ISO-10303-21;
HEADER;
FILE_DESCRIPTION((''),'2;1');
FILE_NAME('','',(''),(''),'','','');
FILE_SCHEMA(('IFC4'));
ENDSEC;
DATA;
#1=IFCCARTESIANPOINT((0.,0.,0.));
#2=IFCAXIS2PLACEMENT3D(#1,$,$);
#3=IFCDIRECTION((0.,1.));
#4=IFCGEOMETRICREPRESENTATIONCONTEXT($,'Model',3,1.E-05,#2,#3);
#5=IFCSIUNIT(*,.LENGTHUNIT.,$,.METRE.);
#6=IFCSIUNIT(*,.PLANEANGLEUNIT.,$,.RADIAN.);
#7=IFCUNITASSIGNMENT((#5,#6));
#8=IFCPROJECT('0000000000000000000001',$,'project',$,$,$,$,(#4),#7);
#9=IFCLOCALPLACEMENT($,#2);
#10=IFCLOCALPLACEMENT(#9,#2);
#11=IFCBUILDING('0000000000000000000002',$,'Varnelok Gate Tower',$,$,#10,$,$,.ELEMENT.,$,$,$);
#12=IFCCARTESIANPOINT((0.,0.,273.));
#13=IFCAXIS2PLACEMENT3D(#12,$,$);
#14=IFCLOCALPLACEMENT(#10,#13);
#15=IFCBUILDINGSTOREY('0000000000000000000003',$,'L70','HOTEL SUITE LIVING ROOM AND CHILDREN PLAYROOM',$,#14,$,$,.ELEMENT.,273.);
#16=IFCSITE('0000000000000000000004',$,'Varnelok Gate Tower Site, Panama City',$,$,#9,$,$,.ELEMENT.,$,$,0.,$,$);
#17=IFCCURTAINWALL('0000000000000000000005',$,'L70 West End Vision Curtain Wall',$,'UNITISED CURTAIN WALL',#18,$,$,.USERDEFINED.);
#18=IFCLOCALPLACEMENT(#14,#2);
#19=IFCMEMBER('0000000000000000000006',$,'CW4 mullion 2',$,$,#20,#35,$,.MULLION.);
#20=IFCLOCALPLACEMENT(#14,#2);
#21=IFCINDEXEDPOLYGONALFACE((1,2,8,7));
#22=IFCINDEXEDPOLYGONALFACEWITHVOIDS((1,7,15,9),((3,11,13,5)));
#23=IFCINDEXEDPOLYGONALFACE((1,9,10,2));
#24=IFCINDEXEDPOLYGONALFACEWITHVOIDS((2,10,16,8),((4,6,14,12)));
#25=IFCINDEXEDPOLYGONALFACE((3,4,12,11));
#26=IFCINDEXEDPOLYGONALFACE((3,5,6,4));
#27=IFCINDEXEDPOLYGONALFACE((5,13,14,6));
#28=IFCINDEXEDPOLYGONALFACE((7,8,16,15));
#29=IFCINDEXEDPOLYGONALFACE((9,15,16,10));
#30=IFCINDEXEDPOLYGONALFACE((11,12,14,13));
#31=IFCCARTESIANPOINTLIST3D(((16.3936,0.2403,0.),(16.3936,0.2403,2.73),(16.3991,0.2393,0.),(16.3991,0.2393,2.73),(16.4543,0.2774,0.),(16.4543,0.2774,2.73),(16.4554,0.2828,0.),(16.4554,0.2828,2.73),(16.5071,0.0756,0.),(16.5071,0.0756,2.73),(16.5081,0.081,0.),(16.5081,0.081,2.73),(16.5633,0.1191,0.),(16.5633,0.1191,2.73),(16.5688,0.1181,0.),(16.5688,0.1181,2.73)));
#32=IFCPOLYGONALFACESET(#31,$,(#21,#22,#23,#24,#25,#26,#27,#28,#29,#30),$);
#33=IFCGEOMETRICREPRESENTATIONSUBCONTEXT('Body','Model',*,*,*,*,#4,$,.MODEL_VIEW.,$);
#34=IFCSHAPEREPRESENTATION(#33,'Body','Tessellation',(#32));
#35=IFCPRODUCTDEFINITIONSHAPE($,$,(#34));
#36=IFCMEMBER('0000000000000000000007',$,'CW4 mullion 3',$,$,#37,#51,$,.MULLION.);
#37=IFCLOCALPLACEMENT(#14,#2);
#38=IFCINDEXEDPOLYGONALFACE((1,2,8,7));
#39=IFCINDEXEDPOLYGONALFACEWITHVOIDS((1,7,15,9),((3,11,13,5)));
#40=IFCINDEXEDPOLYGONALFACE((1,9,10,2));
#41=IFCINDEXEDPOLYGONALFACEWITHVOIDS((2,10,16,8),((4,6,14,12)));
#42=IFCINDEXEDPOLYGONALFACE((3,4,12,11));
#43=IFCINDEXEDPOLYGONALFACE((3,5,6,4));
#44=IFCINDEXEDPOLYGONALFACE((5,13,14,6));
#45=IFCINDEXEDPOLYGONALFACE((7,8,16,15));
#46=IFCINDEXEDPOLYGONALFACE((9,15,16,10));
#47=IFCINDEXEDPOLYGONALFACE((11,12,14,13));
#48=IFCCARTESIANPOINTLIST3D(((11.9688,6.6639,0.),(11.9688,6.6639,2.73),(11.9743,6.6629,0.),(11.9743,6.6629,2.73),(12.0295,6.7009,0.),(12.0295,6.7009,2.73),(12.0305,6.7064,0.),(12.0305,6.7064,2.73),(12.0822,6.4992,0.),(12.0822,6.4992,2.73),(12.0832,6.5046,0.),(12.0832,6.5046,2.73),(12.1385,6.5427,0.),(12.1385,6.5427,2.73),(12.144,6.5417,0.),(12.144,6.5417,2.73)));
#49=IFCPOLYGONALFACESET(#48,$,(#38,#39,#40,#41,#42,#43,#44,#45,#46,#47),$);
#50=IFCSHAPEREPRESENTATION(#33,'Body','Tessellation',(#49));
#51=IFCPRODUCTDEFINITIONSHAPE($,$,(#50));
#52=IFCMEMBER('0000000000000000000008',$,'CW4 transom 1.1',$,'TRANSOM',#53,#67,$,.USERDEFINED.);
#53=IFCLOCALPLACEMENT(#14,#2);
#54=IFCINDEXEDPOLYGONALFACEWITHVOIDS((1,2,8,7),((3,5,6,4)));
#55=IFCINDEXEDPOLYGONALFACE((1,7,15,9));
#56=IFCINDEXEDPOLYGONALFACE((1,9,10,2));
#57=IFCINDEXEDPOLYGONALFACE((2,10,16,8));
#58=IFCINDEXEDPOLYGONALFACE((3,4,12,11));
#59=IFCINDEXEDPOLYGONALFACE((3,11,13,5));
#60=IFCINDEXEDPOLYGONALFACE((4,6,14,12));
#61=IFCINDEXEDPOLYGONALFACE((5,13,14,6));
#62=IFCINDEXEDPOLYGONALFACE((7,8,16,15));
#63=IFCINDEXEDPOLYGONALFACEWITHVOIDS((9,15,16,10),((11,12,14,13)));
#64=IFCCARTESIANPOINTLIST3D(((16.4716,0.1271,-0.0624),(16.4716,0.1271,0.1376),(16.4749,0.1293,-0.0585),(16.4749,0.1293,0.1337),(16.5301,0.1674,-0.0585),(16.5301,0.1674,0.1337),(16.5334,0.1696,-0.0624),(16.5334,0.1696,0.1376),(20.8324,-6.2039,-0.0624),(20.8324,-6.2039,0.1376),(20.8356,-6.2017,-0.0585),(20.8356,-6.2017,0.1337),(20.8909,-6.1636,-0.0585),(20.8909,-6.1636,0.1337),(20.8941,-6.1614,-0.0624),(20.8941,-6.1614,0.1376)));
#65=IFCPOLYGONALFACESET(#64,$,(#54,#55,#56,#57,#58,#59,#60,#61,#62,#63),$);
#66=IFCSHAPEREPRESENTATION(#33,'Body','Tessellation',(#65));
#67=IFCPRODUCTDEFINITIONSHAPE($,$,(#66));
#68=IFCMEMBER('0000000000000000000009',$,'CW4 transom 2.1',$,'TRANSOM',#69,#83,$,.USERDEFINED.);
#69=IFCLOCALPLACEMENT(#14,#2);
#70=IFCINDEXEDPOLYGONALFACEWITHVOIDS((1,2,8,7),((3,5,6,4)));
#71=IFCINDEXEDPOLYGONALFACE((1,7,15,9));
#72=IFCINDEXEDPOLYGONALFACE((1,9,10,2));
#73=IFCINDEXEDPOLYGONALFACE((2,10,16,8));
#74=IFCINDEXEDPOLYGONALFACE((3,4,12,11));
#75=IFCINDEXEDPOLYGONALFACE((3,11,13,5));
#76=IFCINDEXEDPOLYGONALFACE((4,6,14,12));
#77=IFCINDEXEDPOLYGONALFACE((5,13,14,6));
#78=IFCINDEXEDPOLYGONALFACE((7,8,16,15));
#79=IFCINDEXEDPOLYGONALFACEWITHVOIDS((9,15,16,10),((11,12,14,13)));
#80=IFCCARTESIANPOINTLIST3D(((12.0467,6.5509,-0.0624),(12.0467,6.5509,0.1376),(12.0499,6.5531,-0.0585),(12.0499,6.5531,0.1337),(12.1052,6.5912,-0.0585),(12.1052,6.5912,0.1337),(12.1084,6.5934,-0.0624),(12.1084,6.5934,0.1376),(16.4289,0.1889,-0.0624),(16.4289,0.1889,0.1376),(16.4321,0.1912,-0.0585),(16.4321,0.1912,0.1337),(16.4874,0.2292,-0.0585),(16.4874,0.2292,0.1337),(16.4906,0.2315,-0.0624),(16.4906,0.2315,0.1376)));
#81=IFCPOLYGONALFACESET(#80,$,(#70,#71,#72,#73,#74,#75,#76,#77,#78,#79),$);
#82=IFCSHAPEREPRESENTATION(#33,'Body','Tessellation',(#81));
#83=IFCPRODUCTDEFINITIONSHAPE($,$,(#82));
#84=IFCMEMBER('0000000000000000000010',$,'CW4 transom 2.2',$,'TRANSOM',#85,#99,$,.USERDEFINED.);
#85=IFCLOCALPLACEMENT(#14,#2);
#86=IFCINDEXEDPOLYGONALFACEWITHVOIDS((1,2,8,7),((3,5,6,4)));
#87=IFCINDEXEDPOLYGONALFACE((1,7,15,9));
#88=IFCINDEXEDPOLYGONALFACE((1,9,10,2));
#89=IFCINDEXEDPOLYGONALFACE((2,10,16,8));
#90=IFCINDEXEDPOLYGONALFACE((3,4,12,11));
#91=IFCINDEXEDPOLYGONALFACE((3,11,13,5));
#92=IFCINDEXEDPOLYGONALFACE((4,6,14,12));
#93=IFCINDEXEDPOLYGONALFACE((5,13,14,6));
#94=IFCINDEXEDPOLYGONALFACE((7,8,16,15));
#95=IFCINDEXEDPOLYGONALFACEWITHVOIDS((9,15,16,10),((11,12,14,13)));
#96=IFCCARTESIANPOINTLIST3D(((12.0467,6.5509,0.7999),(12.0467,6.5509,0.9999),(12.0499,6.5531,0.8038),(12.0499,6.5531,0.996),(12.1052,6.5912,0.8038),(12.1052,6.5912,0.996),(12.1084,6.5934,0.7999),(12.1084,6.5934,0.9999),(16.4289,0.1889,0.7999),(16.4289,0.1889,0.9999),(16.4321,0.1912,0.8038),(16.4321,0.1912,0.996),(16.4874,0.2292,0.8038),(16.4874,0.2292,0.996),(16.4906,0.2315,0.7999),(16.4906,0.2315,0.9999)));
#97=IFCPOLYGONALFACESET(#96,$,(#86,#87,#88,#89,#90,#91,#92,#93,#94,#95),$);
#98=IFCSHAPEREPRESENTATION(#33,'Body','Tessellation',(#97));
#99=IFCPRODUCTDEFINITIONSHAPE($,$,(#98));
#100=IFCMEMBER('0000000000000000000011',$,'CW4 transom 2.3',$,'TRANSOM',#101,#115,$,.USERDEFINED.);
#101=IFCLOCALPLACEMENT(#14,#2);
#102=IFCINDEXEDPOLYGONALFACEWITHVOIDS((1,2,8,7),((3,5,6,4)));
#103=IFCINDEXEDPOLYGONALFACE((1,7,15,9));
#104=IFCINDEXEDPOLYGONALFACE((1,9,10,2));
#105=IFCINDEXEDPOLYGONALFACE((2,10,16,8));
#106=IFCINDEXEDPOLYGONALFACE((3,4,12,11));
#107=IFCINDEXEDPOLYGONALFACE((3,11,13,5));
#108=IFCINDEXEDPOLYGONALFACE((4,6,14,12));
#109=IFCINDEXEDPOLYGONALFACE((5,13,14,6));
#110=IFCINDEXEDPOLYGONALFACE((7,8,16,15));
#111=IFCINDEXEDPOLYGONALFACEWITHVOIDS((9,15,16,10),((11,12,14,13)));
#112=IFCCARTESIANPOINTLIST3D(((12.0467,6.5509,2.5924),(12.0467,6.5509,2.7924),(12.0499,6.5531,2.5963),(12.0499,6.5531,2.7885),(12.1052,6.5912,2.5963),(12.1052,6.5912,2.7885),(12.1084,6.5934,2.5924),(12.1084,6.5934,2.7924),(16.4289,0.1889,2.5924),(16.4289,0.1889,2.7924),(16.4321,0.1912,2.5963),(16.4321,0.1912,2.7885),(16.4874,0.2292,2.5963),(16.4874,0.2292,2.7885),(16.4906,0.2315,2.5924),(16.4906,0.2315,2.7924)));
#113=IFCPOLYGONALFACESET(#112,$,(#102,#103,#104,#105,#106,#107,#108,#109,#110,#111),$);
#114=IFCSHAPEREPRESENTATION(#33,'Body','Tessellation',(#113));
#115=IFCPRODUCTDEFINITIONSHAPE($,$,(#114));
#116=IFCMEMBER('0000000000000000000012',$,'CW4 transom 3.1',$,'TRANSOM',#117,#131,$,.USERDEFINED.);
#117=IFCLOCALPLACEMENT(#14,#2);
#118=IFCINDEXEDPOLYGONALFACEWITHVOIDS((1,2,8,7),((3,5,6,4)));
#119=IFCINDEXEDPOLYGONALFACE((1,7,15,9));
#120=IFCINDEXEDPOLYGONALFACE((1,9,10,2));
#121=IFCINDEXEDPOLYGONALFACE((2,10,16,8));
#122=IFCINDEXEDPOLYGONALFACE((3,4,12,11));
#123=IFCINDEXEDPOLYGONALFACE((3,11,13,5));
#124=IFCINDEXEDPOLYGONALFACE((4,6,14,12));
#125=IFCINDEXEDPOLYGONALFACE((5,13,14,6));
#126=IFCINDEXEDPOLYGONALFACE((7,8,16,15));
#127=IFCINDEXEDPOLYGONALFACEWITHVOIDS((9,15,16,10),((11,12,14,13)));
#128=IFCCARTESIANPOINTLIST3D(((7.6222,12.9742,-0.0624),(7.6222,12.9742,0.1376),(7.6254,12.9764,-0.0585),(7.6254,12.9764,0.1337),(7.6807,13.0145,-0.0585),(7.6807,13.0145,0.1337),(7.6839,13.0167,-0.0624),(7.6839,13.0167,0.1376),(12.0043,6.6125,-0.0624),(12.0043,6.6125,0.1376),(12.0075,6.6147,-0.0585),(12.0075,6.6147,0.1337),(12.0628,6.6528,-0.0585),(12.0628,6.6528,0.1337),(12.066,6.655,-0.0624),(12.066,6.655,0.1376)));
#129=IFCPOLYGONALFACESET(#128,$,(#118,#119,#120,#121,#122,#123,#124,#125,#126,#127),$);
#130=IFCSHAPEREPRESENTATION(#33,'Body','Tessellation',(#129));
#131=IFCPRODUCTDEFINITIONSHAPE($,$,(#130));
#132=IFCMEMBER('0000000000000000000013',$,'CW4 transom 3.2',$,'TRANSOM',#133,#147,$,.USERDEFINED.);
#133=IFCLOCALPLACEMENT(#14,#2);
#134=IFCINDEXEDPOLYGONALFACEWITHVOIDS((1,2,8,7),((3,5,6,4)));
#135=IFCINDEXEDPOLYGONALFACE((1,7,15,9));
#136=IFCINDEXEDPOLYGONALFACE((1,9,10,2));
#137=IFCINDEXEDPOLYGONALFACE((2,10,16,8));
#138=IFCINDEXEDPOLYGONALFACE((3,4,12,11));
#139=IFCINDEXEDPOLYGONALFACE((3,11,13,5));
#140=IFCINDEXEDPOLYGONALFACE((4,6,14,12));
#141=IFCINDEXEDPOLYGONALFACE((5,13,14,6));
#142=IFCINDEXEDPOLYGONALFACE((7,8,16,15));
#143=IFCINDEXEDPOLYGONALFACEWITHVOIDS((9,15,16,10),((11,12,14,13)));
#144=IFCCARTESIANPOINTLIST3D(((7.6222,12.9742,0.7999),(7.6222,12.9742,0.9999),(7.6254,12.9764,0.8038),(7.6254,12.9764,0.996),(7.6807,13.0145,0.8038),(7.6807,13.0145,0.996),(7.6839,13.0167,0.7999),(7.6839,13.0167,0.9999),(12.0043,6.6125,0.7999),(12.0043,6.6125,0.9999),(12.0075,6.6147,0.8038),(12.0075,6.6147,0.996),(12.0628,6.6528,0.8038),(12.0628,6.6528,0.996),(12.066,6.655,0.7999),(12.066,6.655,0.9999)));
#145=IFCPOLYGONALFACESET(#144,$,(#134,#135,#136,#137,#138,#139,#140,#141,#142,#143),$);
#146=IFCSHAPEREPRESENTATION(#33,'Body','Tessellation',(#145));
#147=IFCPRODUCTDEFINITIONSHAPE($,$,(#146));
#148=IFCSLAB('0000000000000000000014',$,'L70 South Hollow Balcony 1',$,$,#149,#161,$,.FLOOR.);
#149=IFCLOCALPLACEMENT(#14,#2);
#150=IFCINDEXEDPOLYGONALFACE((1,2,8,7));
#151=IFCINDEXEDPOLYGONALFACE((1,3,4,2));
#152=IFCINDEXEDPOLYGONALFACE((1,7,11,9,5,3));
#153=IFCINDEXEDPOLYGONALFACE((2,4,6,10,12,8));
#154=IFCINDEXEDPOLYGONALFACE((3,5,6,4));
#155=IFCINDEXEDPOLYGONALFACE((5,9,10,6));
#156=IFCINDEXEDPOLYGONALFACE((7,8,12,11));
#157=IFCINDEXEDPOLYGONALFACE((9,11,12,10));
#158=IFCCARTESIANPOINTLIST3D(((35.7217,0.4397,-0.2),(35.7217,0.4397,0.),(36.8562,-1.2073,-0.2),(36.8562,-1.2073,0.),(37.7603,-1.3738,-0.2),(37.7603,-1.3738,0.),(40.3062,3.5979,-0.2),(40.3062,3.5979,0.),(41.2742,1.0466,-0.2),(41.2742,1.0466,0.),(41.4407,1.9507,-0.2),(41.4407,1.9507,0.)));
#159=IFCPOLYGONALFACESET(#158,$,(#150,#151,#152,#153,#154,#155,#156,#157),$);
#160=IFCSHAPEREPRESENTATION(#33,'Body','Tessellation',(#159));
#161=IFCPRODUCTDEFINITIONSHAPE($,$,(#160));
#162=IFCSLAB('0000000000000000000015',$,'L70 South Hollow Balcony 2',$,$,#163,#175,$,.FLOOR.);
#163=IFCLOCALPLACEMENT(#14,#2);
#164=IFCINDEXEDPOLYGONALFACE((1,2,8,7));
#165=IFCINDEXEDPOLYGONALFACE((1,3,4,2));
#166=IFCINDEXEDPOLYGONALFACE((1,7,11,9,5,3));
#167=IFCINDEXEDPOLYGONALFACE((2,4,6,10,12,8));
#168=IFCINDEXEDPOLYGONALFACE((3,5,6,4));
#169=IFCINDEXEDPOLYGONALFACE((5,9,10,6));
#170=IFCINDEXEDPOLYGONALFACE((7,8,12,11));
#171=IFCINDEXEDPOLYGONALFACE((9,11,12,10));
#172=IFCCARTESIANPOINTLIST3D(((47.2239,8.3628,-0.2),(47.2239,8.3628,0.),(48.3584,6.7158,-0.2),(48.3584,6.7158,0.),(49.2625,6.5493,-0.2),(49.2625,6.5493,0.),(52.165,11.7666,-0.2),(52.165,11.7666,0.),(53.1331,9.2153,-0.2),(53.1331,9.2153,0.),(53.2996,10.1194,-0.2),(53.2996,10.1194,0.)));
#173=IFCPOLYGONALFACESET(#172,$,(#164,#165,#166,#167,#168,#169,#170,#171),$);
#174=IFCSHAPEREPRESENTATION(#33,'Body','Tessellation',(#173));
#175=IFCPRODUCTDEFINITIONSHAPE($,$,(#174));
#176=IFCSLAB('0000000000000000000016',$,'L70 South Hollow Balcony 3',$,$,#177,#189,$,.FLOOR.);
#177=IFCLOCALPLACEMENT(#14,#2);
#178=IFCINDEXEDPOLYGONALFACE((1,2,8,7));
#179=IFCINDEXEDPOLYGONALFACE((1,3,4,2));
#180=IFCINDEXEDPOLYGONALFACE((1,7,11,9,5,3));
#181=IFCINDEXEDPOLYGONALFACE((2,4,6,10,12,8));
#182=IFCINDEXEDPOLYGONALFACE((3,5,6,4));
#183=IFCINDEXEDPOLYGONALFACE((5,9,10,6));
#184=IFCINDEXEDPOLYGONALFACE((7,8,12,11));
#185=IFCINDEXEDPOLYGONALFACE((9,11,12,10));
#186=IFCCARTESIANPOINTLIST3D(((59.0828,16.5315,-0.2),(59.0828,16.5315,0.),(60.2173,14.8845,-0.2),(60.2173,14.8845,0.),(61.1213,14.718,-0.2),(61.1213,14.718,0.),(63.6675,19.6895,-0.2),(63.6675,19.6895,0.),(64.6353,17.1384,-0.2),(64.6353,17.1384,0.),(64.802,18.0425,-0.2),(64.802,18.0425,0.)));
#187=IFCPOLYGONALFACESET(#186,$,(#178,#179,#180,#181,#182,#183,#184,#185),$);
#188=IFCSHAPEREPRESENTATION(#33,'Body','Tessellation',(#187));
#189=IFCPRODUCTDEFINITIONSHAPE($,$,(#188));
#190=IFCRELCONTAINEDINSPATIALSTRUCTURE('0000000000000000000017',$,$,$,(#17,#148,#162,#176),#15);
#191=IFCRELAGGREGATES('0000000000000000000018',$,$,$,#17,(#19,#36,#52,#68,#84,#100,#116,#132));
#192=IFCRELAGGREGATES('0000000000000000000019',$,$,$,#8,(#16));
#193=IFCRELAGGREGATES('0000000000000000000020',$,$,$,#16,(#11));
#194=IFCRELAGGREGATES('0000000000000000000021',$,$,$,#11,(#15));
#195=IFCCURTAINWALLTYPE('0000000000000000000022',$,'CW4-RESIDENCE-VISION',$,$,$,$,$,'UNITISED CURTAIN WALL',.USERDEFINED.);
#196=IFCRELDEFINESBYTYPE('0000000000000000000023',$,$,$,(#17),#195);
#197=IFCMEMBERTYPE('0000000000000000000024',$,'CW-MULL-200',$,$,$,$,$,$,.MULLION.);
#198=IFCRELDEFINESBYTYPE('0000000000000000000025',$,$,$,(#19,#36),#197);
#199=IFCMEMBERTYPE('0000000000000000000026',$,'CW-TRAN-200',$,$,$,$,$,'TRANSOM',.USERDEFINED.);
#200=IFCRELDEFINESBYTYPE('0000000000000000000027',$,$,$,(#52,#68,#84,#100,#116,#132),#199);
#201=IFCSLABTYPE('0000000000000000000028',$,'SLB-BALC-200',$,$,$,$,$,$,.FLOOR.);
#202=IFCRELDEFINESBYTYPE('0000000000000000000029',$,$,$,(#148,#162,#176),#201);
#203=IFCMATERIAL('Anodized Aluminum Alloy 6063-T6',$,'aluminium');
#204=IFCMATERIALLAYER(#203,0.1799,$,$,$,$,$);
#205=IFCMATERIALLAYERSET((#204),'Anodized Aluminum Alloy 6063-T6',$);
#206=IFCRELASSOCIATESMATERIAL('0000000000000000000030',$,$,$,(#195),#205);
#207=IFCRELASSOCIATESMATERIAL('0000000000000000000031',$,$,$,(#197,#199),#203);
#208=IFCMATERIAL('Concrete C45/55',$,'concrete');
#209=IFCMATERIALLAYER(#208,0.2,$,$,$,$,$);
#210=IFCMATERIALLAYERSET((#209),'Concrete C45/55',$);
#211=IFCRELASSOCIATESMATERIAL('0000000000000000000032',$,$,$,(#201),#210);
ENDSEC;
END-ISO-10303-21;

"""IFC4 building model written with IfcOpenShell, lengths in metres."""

from ifc_helpers import new_model, si_unit, direction, frame, origin, origin_2d, place, context, subcontext, project, spatial, polyline, hollow_rectangle, outline, extrude, material, layer, layer_set, material_profile, profile_set, type_object, element, aggregate, save


model = new_model("IFC4")

# Units and contexts
model_context = context("Model", 3, precision=1e-05, world=origin(), true_north=direction((0.0, 1.0)))
body_context = subcontext(model_context, "Body", "Model", "MODEL_VIEW")
ifc_project = project(units=[si_unit("LENGTHUNIT", "METRE"), si_unit("PLANEANGLEUNIT", "RADIAN")], contexts=[model_context])

# Site, building, storey
site_placement = place(None, origin())
site = spatial("IfcSite", under=ifc_project, at=site_placement, Name="Varnelok Gate Tower Site, Panama City", CompositionType="ELEMENT", RefElevation=0.0)
building_placement = place(site_placement, origin())
building = spatial("IfcBuilding", under=site, at=building_placement, Name="Varnelok Gate Tower", CompositionType="ELEMENT")
storey_placement = place(building_placement, frame((0.0, 0.0, 273.0)))
storey = spatial("IfcBuildingStorey", under=building, at=storey_placement, Name="L70", Description="HOTEL SUITE LIVING ROOM AND CHILDREN PLAYROOM", CompositionType="ELEMENT", Elevation=273.0)

# Curtain wall, members
ifc_material_1 = material(Name="Anodized Aluminum Alloy 6063-T6", Category="aluminium")
ifc_layer_1 = layer(ifc_material_1, 0.1799)
ifc_layer_set_1 = layer_set([ifc_layer_1], Name="Anodized Aluminum Alloy 6063-T6")
curtain_wall_type = type_object("IfcCurtainWallType", Name="CW4-RESIDENCE-VISION", ElementType="UNITISED CURTAIN WALL", PredefinedType="USERDEFINED", material=ifc_layer_set_1)
curtain_wall_placement = place(storey_placement, origin())
curtain_wall = element("IfcCurtainWall", 1, at=curtain_wall_placement, inside=storey, type_object=curtain_wall_type, Name="L70 West End Vision Curtain Wall", ObjectType="UNITISED CURTAIN WALL", PredefinedType="USERDEFINED")
ifc_material_profile_1 = material_profile(ifc_material_1, hollow_rectangle(XDim=0.075, YDim=0.2, WallThickness=0.0039, at=origin_2d()), Name="ALU200X75X4")
ifc_profile_set_1 = profile_set([ifc_material_profile_1], Name="Anodized Aluminum Alloy 6063-T6")
member_type_1 = type_object("IfcMemberType", Name="CW-MULL-200", PredefinedType="MULLION", material=ifc_profile_set_1)
member_1_placement = place(storey_placement, frame((16.4812, 0.1792, 0.0), z_axis=(0.0, 0.0, 1.0), x_axis=(-0.823532, -0.567269, 0.0)))
member_1 = element("IfcMember", 2, at=member_1_placement, type_object=member_type_1, Name="CW4 mullion 2", PredefinedType="MULLION", context=body_context, shape_type="SweptSolid", body=[
    extrude(hollow_rectangle(XDim=0.075, YDim=0.2, WallThickness=0.0039, at=origin_2d()), origin(), (0.0, 0.0, 1.0), 2.73),
])
member_2_placement = place(storey_placement, frame((12.0564, 6.6028, 0.0), z_axis=(0.0, 0.0, 1.0), x_axis=(-0.823532, -0.567269, 0.0)))
member_2 = element("IfcMember", 3, at=member_2_placement, type_object=member_type_1, Name="CW4 mullion 3", PredefinedType="MULLION", context=body_context, shape_type="SweptSolid", body=[
    extrude(hollow_rectangle(XDim=0.075, YDim=0.2, WallThickness=0.0039, at=origin_2d()), origin(), (0.0, 0.0, 1.0), 2.73),
])
ifc_material_profile_2 = material_profile(ifc_material_1, hollow_rectangle(XDim=0.075, YDim=0.2, WallThickness=0.0039, at=origin_2d()), Name="ALU200X75X4")
ifc_profile_set_2 = profile_set([ifc_material_profile_2], Name="Anodized Aluminum Alloy 6063-T6")
member_type_2 = type_object("IfcMemberType", Name="CW-TRAN-200", ElementType="TRANSOM", PredefinedType="USERDEFINED", material=ifc_profile_set_2)
member_3_placement = place(storey_placement, frame((20.8633, -6.1826, 0.0376), z_axis=(-0.567256, 0.823541, 0.0), x_axis=(-0.823541, -0.567256, 0.0)))
member_3 = element("IfcMember", 4, at=member_3_placement, type_object=member_type_2, Name="CW4 transom 1.1", ObjectType="TRANSOM", PredefinedType="USERDEFINED", context=body_context, shape_type="SweptSolid", body=[
    extrude(hollow_rectangle(XDim=0.075, YDim=0.2, WallThickness=0.0039, at=origin_2d()), origin(), (0.0, 0.0, 1.0), 7.6875),
])
member_4_placement = place(storey_placement, frame((16.4597, 0.2102, 0.0376), z_axis=(-0.567261, 0.823538, 0.0), x_axis=(-0.823538, -0.567261, 0.0)))
member_4 = element("IfcMember", 5, at=member_4_placement, type_object=member_type_2, Name="CW4 transom 2.1", ObjectType="TRANSOM", PredefinedType="USERDEFINED", context=body_context, shape_type="SweptSolid", body=[
    extrude(hollow_rectangle(XDim=0.075, YDim=0.2, WallThickness=0.0039, at=origin_2d()), origin(), (0.0, 0.0, 1.0), 7.7251),
])
member_5_placement = place(storey_placement, frame((16.4597, 0.2102, 0.8999), z_axis=(-0.567261, 0.823538, 0.0), x_axis=(-0.823538, -0.567261, 0.0)))
member_5 = element("IfcMember", 6, at=member_5_placement, type_object=member_type_2, Name="CW4 transom 2.2", ObjectType="TRANSOM", PredefinedType="USERDEFINED", context=body_context, shape_type="SweptSolid", body=[
    extrude(hollow_rectangle(XDim=0.075, YDim=0.2, WallThickness=0.0039, at=origin_2d()), origin(), (0.0, 0.0, 1.0), 7.7251),
])
member_6_placement = place(storey_placement, frame((16.4597, 0.2102, 2.6924), z_axis=(-0.567261, 0.823538, 0.0), x_axis=(-0.823538, -0.567261, 0.0)))
member_6 = element("IfcMember", 7, at=member_6_placement, type_object=member_type_2, Name="CW4 transom 2.3", ObjectType="TRANSOM", PredefinedType="USERDEFINED", context=body_context, shape_type="SweptSolid", body=[
    extrude(hollow_rectangle(XDim=0.075, YDim=0.2, WallThickness=0.0039, at=origin_2d()), origin(), (0.0, 0.0, 1.0), 7.7251),
])
member_7_placement = place(storey_placement, frame((12.0352, 6.6338, 0.0376), z_axis=(-0.567276, 0.823528, 0.0), x_axis=(-0.823528, -0.567276, 0.0)))
member_7 = element("IfcMember", 8, at=member_7_placement, type_object=member_type_2, Name="CW4 transom 3.1", ObjectType="TRANSOM", PredefinedType="USERDEFINED", context=body_context, shape_type="SweptSolid", body=[
    extrude(hollow_rectangle(XDim=0.075, YDim=0.2, WallThickness=0.0039, at=origin_2d()), origin(), (0.0, 0.0, 1.0), 7.7249),
])
member_8_placement = place(storey_placement, frame((12.0352, 6.6338, 0.8999), z_axis=(-0.567276, 0.823528, 0.0), x_axis=(-0.823528, -0.567276, 0.0)))
member_8 = element("IfcMember", 9, at=member_8_placement, type_object=member_type_2, Name="CW4 transom 3.2", ObjectType="TRANSOM", PredefinedType="USERDEFINED", context=body_context, shape_type="SweptSolid", body=[
    extrude(hollow_rectangle(XDim=0.075, YDim=0.2, WallThickness=0.0039, at=origin_2d()), origin(), (0.0, 0.0, 1.0), 7.7249),
])

# Slabs
ifc_material_2 = material(Name="Concrete C45/55", Category="concrete")
ifc_layer_2 = layer(ifc_material_2, 0.2)
ifc_layer_set_2 = layer_set([ifc_layer_2], Name="Concrete C45/55")
slab_type_1 = type_object("IfcSlabType", Name="SLB-BALC-200", PredefinedType="FLOOR", material=ifc_layer_set_2)
slab_1_placement = place(storey_placement, frame((0.0, 0.0, -0.2)))
element("IfcSlab", 10, at=slab_1_placement, inside=storey, type_object=slab_type_1, Name="L70 South Hollow Balcony 1", PredefinedType="FLOOR", context=body_context, shape_type="SweptSolid", body=[
    extrude(outline(polyline([(36.8562, -1.2073), (37.7603, -1.3738), (41.2742, 1.0466), (41.4407, 1.9507), (40.3062, 3.5979), (35.7217, 0.4397), (36.8562, -1.2073)])), origin(), (0.0, 0.0, 1.0), 0.2),
])
slab_2_placement = place(storey_placement, frame((0.0, 0.0, -0.2)))
element("IfcSlab", 11, at=slab_2_placement, inside=storey, type_object=slab_type_1, Name="L70 South Hollow Balcony 2", PredefinedType="FLOOR", context=body_context, shape_type="SweptSolid", body=[
    extrude(outline(polyline([(48.3584, 6.7158), (49.2625, 6.5493), (53.1331, 9.2153), (53.2996, 10.1194), (52.165, 11.7666), (47.2239, 8.3628), (48.3584, 6.7158)])), origin(), (0.0, 0.0, 1.0), 0.2),
])
slab_3_placement = place(storey_placement, frame((0.0, 0.0, -0.2)))
element("IfcSlab", 12, at=slab_3_placement, inside=storey, type_object=slab_type_1, Name="L70 South Hollow Balcony 3", PredefinedType="FLOOR", context=body_context, shape_type="SweptSolid", body=[
    extrude(outline(polyline([(60.2173, 14.8845), (61.1213, 14.718), (64.6353, 17.1384), (64.802, 18.0425), (63.6675, 19.6895), (59.0828, 16.5315), (60.2173, 14.8845)])), origin(), (0.0, 0.0, 1.0), 0.2),
])

aggregate(curtain_wall, [member_1, member_2, member_3, member_4, member_5, member_6, member_7, member_8])

save(model, "model.ifc")
